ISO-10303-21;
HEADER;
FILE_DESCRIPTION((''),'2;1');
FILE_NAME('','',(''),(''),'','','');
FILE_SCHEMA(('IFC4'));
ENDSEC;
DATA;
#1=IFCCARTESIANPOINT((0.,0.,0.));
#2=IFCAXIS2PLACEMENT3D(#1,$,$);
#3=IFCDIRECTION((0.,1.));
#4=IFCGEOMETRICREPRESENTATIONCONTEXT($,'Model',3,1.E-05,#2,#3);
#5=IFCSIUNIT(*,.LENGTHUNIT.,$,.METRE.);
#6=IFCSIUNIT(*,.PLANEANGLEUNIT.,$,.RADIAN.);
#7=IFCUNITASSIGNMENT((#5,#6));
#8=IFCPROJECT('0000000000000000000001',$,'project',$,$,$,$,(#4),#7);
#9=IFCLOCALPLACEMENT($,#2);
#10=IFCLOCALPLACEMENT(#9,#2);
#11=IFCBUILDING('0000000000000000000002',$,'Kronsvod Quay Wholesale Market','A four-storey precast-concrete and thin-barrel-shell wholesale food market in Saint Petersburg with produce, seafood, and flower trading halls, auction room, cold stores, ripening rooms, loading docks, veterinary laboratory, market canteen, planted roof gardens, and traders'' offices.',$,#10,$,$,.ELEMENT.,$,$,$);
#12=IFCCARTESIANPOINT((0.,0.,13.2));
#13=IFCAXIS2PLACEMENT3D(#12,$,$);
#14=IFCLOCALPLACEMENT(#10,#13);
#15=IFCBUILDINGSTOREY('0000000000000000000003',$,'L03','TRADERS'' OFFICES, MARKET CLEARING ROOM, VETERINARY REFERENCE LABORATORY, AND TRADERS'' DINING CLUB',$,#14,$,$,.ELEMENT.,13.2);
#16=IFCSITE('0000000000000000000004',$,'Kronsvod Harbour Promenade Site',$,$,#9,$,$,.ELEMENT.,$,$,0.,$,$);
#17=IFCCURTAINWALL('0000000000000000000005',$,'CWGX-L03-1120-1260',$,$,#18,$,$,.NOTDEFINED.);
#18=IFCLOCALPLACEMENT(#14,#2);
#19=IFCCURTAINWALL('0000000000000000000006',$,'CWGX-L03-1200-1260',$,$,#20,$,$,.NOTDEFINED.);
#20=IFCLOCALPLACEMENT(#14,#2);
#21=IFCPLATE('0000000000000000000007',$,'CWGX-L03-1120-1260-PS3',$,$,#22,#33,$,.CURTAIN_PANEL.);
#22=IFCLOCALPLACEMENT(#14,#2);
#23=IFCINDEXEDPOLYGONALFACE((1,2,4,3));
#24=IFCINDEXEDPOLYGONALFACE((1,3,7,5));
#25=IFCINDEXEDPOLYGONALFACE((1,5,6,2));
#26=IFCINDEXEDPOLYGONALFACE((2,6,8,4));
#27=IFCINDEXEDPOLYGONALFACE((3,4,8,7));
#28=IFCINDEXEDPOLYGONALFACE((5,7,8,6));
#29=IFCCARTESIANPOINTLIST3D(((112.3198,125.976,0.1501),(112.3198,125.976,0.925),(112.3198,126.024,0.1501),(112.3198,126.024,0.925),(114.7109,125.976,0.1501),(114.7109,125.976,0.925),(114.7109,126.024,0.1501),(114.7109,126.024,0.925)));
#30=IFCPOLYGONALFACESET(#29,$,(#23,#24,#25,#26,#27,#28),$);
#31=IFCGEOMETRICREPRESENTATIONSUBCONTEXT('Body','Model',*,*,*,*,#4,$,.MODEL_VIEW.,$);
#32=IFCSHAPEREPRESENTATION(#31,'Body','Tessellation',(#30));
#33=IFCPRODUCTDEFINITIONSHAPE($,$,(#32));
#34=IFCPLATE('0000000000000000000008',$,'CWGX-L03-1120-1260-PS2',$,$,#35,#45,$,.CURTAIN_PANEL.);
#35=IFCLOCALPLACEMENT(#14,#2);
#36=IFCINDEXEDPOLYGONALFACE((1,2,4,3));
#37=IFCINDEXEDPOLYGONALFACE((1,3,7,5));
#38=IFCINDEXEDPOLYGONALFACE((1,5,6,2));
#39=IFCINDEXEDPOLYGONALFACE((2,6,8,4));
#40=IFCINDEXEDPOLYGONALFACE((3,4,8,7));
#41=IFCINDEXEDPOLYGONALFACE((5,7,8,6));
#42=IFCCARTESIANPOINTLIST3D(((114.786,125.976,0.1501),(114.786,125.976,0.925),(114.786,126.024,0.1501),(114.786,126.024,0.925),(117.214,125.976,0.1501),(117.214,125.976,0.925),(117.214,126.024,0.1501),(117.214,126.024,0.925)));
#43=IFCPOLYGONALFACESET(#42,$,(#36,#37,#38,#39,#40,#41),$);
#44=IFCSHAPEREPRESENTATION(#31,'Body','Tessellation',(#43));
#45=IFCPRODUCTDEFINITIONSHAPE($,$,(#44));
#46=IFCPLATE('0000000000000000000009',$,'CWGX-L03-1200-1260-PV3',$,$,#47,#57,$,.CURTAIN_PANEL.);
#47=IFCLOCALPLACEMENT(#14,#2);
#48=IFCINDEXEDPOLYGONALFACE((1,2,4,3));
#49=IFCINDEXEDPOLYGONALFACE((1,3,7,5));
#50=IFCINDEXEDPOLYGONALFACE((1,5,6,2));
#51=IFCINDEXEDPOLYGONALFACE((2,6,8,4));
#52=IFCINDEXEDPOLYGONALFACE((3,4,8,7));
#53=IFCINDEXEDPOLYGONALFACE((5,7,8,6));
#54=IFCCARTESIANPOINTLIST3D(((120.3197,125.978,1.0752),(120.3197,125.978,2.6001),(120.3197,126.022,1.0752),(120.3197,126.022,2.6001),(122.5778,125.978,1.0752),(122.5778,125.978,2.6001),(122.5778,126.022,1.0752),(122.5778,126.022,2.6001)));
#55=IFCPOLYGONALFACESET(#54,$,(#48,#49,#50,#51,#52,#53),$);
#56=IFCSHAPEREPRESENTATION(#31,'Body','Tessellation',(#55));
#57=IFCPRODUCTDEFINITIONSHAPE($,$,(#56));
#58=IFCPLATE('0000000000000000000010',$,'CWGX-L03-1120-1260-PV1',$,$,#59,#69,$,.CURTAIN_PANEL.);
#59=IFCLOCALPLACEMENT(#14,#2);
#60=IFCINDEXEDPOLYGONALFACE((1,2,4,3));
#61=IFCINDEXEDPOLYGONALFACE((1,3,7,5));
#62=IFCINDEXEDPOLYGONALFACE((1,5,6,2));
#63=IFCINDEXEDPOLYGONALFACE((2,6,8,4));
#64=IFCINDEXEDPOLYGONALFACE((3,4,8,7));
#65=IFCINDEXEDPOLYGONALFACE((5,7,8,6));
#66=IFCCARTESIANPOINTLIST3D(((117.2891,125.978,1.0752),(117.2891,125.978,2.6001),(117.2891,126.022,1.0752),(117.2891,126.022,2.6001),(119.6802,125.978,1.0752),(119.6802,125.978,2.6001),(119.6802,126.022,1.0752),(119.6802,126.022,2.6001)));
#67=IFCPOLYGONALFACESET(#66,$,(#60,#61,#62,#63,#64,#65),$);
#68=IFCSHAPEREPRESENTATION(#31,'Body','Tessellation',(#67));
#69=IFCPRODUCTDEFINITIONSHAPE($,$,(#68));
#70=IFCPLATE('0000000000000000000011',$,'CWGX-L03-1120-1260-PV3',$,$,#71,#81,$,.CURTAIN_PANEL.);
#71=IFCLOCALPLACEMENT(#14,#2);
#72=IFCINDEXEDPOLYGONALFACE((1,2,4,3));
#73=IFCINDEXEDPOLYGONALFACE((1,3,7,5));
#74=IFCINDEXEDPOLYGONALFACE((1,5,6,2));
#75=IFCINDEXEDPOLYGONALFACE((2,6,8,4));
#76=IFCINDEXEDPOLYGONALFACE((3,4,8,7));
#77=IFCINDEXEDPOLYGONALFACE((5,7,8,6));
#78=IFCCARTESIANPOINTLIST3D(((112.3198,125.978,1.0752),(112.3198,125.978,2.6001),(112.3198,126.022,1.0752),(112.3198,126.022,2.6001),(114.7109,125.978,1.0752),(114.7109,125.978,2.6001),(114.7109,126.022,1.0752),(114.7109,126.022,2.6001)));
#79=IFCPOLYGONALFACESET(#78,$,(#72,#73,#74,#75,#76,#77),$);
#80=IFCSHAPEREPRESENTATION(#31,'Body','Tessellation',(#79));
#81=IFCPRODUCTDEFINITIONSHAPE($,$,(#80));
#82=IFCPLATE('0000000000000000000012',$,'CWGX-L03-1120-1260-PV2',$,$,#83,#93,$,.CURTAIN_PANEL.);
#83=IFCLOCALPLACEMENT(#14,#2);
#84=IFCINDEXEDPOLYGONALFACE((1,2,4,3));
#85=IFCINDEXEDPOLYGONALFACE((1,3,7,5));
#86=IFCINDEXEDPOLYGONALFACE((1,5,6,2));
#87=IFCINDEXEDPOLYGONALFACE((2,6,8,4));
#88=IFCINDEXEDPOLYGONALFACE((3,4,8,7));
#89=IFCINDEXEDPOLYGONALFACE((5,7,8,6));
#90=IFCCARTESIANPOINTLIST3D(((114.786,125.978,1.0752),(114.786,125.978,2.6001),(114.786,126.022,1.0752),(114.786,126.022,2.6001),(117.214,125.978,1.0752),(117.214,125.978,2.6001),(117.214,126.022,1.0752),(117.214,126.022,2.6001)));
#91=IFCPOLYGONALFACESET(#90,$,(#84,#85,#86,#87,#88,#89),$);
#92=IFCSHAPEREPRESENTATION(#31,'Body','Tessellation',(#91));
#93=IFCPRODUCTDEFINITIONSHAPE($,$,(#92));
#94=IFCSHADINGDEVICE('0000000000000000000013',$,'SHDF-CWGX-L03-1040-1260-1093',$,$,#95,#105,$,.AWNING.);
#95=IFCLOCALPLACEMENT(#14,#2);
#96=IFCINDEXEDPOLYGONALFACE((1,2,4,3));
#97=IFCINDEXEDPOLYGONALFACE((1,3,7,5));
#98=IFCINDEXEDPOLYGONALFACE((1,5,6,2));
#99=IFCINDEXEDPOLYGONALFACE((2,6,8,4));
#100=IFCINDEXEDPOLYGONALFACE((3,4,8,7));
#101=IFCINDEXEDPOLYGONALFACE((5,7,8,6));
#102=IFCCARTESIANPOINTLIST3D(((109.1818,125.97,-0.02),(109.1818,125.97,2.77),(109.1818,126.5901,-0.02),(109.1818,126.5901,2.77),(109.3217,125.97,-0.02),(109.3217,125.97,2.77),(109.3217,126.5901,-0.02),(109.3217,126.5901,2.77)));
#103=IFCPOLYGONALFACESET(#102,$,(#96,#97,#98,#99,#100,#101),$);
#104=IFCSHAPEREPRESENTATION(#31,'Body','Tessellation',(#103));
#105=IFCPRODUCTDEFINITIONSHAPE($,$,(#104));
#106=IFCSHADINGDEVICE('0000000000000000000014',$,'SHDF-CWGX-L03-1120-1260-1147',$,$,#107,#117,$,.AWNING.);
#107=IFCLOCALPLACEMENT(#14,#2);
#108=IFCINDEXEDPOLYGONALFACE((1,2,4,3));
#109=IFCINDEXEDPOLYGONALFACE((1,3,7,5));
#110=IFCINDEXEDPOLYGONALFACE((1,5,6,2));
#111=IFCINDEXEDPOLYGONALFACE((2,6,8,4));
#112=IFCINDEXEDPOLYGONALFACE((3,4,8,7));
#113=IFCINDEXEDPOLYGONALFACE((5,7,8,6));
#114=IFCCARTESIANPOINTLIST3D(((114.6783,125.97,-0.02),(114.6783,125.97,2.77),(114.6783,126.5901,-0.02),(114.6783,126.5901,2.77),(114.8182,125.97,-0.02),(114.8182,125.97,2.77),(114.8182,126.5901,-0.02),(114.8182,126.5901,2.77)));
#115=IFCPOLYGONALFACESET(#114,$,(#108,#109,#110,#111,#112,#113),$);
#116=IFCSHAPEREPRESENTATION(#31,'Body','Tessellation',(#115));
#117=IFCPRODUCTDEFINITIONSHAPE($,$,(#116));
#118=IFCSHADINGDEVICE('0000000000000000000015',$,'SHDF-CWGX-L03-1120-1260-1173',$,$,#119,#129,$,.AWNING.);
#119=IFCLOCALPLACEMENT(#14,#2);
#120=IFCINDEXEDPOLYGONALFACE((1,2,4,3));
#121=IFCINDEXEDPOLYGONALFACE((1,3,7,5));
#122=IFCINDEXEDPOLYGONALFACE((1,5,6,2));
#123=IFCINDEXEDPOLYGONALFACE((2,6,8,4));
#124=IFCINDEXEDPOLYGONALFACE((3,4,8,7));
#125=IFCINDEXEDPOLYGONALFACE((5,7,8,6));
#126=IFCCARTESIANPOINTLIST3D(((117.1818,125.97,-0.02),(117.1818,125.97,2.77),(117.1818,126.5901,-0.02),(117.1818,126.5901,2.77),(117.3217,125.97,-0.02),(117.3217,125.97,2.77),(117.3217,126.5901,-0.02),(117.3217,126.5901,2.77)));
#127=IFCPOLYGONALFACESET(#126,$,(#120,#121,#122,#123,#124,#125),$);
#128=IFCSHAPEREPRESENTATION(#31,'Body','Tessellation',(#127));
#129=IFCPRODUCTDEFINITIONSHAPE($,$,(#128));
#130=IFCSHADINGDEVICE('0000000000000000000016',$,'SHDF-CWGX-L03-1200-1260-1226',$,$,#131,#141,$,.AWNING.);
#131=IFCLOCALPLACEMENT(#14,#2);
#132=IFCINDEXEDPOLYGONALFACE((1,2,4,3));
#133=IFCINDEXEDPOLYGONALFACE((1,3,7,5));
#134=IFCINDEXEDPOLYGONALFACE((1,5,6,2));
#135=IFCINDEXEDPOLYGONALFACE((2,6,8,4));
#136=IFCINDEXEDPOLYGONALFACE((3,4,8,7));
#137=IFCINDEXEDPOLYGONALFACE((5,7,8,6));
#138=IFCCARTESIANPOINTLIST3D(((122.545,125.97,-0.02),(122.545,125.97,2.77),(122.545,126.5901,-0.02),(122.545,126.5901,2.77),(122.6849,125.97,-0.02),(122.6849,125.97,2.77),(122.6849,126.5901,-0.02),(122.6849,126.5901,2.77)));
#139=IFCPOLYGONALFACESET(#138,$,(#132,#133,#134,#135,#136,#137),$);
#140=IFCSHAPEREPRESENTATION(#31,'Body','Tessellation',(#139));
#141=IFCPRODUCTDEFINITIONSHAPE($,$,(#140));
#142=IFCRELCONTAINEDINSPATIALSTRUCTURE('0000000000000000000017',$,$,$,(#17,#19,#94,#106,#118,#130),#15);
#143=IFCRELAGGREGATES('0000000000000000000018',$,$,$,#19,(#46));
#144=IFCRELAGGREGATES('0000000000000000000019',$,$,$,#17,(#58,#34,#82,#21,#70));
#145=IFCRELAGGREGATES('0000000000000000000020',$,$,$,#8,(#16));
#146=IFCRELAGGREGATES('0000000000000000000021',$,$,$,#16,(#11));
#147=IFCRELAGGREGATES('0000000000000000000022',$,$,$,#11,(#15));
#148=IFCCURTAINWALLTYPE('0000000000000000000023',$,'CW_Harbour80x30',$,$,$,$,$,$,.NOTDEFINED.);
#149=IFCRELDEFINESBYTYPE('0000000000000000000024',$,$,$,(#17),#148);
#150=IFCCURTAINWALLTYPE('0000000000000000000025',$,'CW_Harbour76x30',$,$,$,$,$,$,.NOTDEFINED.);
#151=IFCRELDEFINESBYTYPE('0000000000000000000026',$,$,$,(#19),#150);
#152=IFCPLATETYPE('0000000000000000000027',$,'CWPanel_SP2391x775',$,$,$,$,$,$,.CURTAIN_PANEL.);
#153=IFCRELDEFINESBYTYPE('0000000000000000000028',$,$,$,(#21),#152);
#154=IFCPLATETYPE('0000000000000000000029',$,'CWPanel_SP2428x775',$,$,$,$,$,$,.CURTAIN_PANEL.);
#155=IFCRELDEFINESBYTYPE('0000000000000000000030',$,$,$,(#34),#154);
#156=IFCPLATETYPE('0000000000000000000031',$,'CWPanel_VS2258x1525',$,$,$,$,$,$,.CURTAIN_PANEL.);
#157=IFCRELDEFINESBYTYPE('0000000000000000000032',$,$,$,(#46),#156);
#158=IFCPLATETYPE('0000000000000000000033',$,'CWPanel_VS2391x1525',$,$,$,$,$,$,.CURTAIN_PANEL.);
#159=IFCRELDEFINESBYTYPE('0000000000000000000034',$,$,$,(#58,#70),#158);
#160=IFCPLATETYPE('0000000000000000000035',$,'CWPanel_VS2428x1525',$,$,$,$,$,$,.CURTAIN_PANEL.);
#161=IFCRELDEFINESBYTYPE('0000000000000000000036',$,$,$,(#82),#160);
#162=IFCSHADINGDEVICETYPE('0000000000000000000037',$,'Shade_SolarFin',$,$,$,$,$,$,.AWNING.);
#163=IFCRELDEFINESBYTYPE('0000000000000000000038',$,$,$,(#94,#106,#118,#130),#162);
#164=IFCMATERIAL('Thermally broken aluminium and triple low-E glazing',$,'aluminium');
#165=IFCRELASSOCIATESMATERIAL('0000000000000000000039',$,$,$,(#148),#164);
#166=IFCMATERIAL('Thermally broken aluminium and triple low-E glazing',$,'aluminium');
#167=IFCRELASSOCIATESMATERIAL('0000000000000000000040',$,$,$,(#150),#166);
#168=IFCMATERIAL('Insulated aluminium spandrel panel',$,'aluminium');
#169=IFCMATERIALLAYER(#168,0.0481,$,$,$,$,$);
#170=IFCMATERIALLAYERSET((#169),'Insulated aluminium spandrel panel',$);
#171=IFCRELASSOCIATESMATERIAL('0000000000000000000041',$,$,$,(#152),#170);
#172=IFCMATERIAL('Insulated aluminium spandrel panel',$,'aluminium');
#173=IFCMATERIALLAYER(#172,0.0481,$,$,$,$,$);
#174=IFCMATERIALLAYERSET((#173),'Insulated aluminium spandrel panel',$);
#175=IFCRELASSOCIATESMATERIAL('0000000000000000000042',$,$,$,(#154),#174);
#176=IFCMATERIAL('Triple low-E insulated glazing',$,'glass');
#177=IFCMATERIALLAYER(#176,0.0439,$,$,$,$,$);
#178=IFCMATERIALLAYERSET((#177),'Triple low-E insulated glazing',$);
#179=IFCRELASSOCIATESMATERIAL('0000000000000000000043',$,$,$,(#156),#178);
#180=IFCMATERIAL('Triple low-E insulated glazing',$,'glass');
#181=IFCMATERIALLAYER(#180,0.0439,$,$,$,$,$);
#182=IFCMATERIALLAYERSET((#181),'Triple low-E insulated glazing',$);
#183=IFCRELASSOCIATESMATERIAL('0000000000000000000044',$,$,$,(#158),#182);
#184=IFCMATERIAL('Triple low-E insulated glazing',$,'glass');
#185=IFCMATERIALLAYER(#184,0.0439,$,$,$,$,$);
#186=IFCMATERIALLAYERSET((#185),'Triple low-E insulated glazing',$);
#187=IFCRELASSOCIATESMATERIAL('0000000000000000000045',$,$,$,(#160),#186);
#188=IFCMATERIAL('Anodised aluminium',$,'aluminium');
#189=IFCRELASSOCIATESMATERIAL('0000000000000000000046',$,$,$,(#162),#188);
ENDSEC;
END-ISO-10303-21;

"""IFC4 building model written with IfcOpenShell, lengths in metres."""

from ifc_helpers import new_model, si_unit, direction, frame, origin, origin_2d, place, context, subcontext, project, spatial, rectangle, extrude, material, layer, layer_set, type_object, element, aggregate, save


model = new_model("IFC4")

# Units and contexts
model_context = context("Model", 3, precision=1e-05, world=origin(), true_north=direction((0.0, 1.0)))
body_context = subcontext(model_context, "Body", "Model", "MODEL_VIEW")
ifc_project = project(units=[si_unit("LENGTHUNIT", "METRE"), si_unit("PLANEANGLEUNIT", "RADIAN")], contexts=[model_context])

# Site, building, storey
site_placement = place(None, origin())
site = spatial("IfcSite", under=ifc_project, at=site_placement, Name="Kronsvod Harbour Promenade Site", CompositionType="ELEMENT", RefElevation=0.0)
building_placement = place(site_placement, origin())
building = spatial("IfcBuilding", under=site, at=building_placement, Name="Kronsvod Quay Wholesale Market", Description="A four-storey precast-concrete and thin-barrel-shell wholesale food market in Saint Petersburg with produce, seafood, and flower trading halls, auction room, cold stores, ripening rooms, loading docks, veterinary laboratory, market canteen, planted roof gardens, and traders' offices.", CompositionType="ELEMENT")
storey_placement = place(building_placement, frame((0.0, 0.0, 13.2)))
storey = spatial("IfcBuildingStorey", under=building, at=storey_placement, Name="L03", Description="TRADERS' OFFICES, MARKET CLEARING ROOM, VETERINARY REFERENCE LABORATORY, AND TRADERS' DINING CLUB", CompositionType="ELEMENT", Elevation=13.2)

# Shared definitions
ifc_material_1 = material(Name="Thermally broken aluminium and triple low-E glazing", Category="aluminium")
curtain_wall_type_1 = type_object("IfcCurtainWallType", Name="CW_Harbour80x30", PredefinedType="NOTDEFINED", material=ifc_material_1)

# Curtain walls
curtain_wall_1_placement = place(storey_placement, origin())
curtain_wall_1 = element("IfcCurtainWall", 1, at=curtain_wall_1_placement, inside=storey, type_object=curtain_wall_type_1, Name="CWGX-L03-1120-1260", PredefinedType="NOTDEFINED")
ifc_material_2 = material(Name="Thermally broken aluminium and triple low-E glazing", Category="aluminium")
curtain_wall_type_2 = type_object("IfcCurtainWallType", Name="CW_Harbour76x30", PredefinedType="NOTDEFINED", material=ifc_material_2)
curtain_wall_2_placement = place(storey_placement, origin())
curtain_wall_2 = element("IfcCurtainWall", 2, at=curtain_wall_2_placement, inside=storey, type_object=curtain_wall_type_2, Name="CWGX-L03-1200-1260", PredefinedType="NOTDEFINED")

# Plates
ifc_material_3 = material(Name="Insulated aluminium spandrel panel", Category="aluminium")
ifc_layer_1 = layer(ifc_material_3, 0.0481)
ifc_layer_set_1 = layer_set([ifc_layer_1], Name="Insulated aluminium spandrel panel")
plate_type_1 = type_object("IfcPlateType", Name="CWPanel_SP2391x775", PredefinedType="CURTAIN_PANEL", material=ifc_layer_set_1)
plate_1_placement = place(storey_placement, frame((113.5154, 126.0, 0.1501), z_axis=(0.0, 0.0, 1.0), x_axis=(-1.0, 0.0, 0.0)))
plate_1 = element("IfcPlate", 3, at=plate_1_placement, type_object=plate_type_1, Name="CWGX-L03-1120-1260-PS3", PredefinedType="CURTAIN_PANEL", context=body_context, shape_type="SweptSolid", body=[
    extrude(rectangle(XDim=2.3911, YDim=0.0481, at=origin_2d()), origin(), (0.0, 0.0, 1.0), 0.7749),
])
ifc_material_4 = material(Name="Insulated aluminium spandrel panel", Category="aluminium")
ifc_layer_2 = layer(ifc_material_4, 0.0481)
ifc_layer_set_2 = layer_set([ifc_layer_2], Name="Insulated aluminium spandrel panel")
plate_type_2 = type_object("IfcPlateType", Name="CWPanel_SP2428x775", PredefinedType="CURTAIN_PANEL", material=ifc_layer_set_2)
plate_2_placement = place(storey_placement, frame((116.0, 126.0, 0.1501), z_axis=(0.0, 0.0, 1.0), x_axis=(-1.0, 0.0, 0.0)))
plate_2 = element("IfcPlate", 4, at=plate_2_placement, type_object=plate_type_2, Name="CWGX-L03-1120-1260-PS2", PredefinedType="CURTAIN_PANEL", context=body_context, shape_type="SweptSolid", body=[
    extrude(rectangle(XDim=2.428, YDim=0.0481, at=origin_2d()), origin(), (0.0, 0.0, 1.0), 0.7749),
])
ifc_material_5 = material(Name="Triple low-E insulated glazing", Category="glass")
ifc_layer_3 = layer(ifc_material_5, 0.0439)
ifc_layer_set_3 = layer_set([ifc_layer_3], Name="Triple low-E insulated glazing")
plate_type_3 = type_object("IfcPlateType", Name="CWPanel_VS2258x1525", PredefinedType="CURTAIN_PANEL", material=ifc_layer_set_3)
plate_3_placement = place(storey_placement, frame((121.4487, 126.0, 1.0752), z_axis=(0.0, 0.0, 1.0), x_axis=(-1.0, 0.0, 0.0)))
plate_3 = element("IfcPlate", 5, at=plate_3_placement, type_object=plate_type_3, Name="CWGX-L03-1200-1260-PV3", PredefinedType="CURTAIN_PANEL", context=body_context, shape_type="SweptSolid", body=[
    extrude(rectangle(XDim=2.2581, YDim=0.0439, at=origin_2d()), origin(), (0.0, 0.0, 1.0), 1.5249),
])
aggregate(curtain_wall_2, [plate_3])
ifc_material_6 = material(Name="Triple low-E insulated glazing", Category="glass")
ifc_layer_4 = layer(ifc_material_6, 0.0439)
ifc_layer_set_4 = layer_set([ifc_layer_4], Name="Triple low-E insulated glazing")
plate_type_4 = type_object("IfcPlateType", Name="CWPanel_VS2391x1525", PredefinedType="CURTAIN_PANEL", material=ifc_layer_set_4)
plate_4_placement = place(storey_placement, frame((118.4846, 126.0, 1.0752), z_axis=(0.0, 0.0, 1.0), x_axis=(-1.0, 0.0, 0.0)))
plate_4 = element("IfcPlate", 6, at=plate_4_placement, type_object=plate_type_4, Name="CWGX-L03-1120-1260-PV1", PredefinedType="CURTAIN_PANEL", context=body_context, shape_type="SweptSolid", body=[
    extrude(rectangle(XDim=2.3911, YDim=0.0439, at=origin_2d()), origin(), (0.0, 0.0, 1.0), 1.5249),
])
plate_5_placement = place(storey_placement, frame((113.5154, 126.0, 1.0752), z_axis=(0.0, 0.0, 1.0), x_axis=(-1.0, 0.0, 0.0)))
plate_5 = element("IfcPlate", 7, at=plate_5_placement, type_object=plate_type_4, Name="CWGX-L03-1120-1260-PV3", PredefinedType="CURTAIN_PANEL", context=body_context, shape_type="SweptSolid", body=[
    extrude(rectangle(XDim=2.3911, YDim=0.0439, at=origin_2d()), origin(), (0.0, 0.0, 1.0), 1.5249),
])
ifc_material_7 = material(Name="Triple low-E insulated glazing", Category="glass")
ifc_layer_5 = layer(ifc_material_7, 0.0439)
ifc_layer_set_5 = layer_set([ifc_layer_5], Name="Triple low-E insulated glazing")
plate_type_5 = type_object("IfcPlateType", Name="CWPanel_VS2428x1525", PredefinedType="CURTAIN_PANEL", material=ifc_layer_set_5)
plate_6_placement = place(storey_placement, frame((116.0, 126.0, 1.0752), z_axis=(0.0, 0.0, 1.0), x_axis=(-1.0, 0.0, 0.0)))
plate_6 = element("IfcPlate", 8, at=plate_6_placement, type_object=plate_type_5, Name="CWGX-L03-1120-1260-PV2", PredefinedType="CURTAIN_PANEL", context=body_context, shape_type="SweptSolid", body=[
    extrude(rectangle(XDim=2.428, YDim=0.0439, at=origin_2d()), origin(), (0.0, 0.0, 1.0), 1.5249),
])
aggregate(curtain_wall_1, [plate_4, plate_2, plate_6, plate_1, plate_5])

# Shading devices
ifc_material_8 = material(Name="Anodised aluminium", Category="aluminium")
shading_device_type = type_object("IfcShadingDeviceType", Name="Shade_SolarFin", PredefinedType="AWNING", material=ifc_material_8)
for number, where, z_axis, x_axis, name in (
    (9, (109.2517, 126.28, -0.02), (0.0, 0.0, 1.0), (1.0, 0.0, 0.0), "SHDF-CWGX-L03-1040-1260-1093"),
    (10, (114.7483, 126.28, -0.02), (0.0, 0.0, 1.0), (1.0, 0.0, 0.0), "SHDF-CWGX-L03-1120-1260-1147"),
    (11, (117.2517, 126.28, -0.02), (0.0, 0.0, 1.0), (1.0, 0.0, 0.0), "SHDF-CWGX-L03-1120-1260-1173"),
    (12, (122.615, 126.28, -0.02), (0.0, 0.0, 1.0), (1.0, 0.0, 0.0), "SHDF-CWGX-L03-1200-1260-1226"),
):
    element("IfcShadingDevice", number, at=place(storey_placement, frame(where, z_axis=z_axis, x_axis=x_axis)), inside=storey, type_object=shading_device_type, Name=name, PredefinedType="AWNING", context=body_context, shape_type="SweptSolid", body=[
        extrude(rectangle(XDim=0.1399, YDim=0.6201, at=origin_2d()), origin(), (0.0, 0.0, 1.0), 2.79),
    ])

save(model, "model.ifc")
